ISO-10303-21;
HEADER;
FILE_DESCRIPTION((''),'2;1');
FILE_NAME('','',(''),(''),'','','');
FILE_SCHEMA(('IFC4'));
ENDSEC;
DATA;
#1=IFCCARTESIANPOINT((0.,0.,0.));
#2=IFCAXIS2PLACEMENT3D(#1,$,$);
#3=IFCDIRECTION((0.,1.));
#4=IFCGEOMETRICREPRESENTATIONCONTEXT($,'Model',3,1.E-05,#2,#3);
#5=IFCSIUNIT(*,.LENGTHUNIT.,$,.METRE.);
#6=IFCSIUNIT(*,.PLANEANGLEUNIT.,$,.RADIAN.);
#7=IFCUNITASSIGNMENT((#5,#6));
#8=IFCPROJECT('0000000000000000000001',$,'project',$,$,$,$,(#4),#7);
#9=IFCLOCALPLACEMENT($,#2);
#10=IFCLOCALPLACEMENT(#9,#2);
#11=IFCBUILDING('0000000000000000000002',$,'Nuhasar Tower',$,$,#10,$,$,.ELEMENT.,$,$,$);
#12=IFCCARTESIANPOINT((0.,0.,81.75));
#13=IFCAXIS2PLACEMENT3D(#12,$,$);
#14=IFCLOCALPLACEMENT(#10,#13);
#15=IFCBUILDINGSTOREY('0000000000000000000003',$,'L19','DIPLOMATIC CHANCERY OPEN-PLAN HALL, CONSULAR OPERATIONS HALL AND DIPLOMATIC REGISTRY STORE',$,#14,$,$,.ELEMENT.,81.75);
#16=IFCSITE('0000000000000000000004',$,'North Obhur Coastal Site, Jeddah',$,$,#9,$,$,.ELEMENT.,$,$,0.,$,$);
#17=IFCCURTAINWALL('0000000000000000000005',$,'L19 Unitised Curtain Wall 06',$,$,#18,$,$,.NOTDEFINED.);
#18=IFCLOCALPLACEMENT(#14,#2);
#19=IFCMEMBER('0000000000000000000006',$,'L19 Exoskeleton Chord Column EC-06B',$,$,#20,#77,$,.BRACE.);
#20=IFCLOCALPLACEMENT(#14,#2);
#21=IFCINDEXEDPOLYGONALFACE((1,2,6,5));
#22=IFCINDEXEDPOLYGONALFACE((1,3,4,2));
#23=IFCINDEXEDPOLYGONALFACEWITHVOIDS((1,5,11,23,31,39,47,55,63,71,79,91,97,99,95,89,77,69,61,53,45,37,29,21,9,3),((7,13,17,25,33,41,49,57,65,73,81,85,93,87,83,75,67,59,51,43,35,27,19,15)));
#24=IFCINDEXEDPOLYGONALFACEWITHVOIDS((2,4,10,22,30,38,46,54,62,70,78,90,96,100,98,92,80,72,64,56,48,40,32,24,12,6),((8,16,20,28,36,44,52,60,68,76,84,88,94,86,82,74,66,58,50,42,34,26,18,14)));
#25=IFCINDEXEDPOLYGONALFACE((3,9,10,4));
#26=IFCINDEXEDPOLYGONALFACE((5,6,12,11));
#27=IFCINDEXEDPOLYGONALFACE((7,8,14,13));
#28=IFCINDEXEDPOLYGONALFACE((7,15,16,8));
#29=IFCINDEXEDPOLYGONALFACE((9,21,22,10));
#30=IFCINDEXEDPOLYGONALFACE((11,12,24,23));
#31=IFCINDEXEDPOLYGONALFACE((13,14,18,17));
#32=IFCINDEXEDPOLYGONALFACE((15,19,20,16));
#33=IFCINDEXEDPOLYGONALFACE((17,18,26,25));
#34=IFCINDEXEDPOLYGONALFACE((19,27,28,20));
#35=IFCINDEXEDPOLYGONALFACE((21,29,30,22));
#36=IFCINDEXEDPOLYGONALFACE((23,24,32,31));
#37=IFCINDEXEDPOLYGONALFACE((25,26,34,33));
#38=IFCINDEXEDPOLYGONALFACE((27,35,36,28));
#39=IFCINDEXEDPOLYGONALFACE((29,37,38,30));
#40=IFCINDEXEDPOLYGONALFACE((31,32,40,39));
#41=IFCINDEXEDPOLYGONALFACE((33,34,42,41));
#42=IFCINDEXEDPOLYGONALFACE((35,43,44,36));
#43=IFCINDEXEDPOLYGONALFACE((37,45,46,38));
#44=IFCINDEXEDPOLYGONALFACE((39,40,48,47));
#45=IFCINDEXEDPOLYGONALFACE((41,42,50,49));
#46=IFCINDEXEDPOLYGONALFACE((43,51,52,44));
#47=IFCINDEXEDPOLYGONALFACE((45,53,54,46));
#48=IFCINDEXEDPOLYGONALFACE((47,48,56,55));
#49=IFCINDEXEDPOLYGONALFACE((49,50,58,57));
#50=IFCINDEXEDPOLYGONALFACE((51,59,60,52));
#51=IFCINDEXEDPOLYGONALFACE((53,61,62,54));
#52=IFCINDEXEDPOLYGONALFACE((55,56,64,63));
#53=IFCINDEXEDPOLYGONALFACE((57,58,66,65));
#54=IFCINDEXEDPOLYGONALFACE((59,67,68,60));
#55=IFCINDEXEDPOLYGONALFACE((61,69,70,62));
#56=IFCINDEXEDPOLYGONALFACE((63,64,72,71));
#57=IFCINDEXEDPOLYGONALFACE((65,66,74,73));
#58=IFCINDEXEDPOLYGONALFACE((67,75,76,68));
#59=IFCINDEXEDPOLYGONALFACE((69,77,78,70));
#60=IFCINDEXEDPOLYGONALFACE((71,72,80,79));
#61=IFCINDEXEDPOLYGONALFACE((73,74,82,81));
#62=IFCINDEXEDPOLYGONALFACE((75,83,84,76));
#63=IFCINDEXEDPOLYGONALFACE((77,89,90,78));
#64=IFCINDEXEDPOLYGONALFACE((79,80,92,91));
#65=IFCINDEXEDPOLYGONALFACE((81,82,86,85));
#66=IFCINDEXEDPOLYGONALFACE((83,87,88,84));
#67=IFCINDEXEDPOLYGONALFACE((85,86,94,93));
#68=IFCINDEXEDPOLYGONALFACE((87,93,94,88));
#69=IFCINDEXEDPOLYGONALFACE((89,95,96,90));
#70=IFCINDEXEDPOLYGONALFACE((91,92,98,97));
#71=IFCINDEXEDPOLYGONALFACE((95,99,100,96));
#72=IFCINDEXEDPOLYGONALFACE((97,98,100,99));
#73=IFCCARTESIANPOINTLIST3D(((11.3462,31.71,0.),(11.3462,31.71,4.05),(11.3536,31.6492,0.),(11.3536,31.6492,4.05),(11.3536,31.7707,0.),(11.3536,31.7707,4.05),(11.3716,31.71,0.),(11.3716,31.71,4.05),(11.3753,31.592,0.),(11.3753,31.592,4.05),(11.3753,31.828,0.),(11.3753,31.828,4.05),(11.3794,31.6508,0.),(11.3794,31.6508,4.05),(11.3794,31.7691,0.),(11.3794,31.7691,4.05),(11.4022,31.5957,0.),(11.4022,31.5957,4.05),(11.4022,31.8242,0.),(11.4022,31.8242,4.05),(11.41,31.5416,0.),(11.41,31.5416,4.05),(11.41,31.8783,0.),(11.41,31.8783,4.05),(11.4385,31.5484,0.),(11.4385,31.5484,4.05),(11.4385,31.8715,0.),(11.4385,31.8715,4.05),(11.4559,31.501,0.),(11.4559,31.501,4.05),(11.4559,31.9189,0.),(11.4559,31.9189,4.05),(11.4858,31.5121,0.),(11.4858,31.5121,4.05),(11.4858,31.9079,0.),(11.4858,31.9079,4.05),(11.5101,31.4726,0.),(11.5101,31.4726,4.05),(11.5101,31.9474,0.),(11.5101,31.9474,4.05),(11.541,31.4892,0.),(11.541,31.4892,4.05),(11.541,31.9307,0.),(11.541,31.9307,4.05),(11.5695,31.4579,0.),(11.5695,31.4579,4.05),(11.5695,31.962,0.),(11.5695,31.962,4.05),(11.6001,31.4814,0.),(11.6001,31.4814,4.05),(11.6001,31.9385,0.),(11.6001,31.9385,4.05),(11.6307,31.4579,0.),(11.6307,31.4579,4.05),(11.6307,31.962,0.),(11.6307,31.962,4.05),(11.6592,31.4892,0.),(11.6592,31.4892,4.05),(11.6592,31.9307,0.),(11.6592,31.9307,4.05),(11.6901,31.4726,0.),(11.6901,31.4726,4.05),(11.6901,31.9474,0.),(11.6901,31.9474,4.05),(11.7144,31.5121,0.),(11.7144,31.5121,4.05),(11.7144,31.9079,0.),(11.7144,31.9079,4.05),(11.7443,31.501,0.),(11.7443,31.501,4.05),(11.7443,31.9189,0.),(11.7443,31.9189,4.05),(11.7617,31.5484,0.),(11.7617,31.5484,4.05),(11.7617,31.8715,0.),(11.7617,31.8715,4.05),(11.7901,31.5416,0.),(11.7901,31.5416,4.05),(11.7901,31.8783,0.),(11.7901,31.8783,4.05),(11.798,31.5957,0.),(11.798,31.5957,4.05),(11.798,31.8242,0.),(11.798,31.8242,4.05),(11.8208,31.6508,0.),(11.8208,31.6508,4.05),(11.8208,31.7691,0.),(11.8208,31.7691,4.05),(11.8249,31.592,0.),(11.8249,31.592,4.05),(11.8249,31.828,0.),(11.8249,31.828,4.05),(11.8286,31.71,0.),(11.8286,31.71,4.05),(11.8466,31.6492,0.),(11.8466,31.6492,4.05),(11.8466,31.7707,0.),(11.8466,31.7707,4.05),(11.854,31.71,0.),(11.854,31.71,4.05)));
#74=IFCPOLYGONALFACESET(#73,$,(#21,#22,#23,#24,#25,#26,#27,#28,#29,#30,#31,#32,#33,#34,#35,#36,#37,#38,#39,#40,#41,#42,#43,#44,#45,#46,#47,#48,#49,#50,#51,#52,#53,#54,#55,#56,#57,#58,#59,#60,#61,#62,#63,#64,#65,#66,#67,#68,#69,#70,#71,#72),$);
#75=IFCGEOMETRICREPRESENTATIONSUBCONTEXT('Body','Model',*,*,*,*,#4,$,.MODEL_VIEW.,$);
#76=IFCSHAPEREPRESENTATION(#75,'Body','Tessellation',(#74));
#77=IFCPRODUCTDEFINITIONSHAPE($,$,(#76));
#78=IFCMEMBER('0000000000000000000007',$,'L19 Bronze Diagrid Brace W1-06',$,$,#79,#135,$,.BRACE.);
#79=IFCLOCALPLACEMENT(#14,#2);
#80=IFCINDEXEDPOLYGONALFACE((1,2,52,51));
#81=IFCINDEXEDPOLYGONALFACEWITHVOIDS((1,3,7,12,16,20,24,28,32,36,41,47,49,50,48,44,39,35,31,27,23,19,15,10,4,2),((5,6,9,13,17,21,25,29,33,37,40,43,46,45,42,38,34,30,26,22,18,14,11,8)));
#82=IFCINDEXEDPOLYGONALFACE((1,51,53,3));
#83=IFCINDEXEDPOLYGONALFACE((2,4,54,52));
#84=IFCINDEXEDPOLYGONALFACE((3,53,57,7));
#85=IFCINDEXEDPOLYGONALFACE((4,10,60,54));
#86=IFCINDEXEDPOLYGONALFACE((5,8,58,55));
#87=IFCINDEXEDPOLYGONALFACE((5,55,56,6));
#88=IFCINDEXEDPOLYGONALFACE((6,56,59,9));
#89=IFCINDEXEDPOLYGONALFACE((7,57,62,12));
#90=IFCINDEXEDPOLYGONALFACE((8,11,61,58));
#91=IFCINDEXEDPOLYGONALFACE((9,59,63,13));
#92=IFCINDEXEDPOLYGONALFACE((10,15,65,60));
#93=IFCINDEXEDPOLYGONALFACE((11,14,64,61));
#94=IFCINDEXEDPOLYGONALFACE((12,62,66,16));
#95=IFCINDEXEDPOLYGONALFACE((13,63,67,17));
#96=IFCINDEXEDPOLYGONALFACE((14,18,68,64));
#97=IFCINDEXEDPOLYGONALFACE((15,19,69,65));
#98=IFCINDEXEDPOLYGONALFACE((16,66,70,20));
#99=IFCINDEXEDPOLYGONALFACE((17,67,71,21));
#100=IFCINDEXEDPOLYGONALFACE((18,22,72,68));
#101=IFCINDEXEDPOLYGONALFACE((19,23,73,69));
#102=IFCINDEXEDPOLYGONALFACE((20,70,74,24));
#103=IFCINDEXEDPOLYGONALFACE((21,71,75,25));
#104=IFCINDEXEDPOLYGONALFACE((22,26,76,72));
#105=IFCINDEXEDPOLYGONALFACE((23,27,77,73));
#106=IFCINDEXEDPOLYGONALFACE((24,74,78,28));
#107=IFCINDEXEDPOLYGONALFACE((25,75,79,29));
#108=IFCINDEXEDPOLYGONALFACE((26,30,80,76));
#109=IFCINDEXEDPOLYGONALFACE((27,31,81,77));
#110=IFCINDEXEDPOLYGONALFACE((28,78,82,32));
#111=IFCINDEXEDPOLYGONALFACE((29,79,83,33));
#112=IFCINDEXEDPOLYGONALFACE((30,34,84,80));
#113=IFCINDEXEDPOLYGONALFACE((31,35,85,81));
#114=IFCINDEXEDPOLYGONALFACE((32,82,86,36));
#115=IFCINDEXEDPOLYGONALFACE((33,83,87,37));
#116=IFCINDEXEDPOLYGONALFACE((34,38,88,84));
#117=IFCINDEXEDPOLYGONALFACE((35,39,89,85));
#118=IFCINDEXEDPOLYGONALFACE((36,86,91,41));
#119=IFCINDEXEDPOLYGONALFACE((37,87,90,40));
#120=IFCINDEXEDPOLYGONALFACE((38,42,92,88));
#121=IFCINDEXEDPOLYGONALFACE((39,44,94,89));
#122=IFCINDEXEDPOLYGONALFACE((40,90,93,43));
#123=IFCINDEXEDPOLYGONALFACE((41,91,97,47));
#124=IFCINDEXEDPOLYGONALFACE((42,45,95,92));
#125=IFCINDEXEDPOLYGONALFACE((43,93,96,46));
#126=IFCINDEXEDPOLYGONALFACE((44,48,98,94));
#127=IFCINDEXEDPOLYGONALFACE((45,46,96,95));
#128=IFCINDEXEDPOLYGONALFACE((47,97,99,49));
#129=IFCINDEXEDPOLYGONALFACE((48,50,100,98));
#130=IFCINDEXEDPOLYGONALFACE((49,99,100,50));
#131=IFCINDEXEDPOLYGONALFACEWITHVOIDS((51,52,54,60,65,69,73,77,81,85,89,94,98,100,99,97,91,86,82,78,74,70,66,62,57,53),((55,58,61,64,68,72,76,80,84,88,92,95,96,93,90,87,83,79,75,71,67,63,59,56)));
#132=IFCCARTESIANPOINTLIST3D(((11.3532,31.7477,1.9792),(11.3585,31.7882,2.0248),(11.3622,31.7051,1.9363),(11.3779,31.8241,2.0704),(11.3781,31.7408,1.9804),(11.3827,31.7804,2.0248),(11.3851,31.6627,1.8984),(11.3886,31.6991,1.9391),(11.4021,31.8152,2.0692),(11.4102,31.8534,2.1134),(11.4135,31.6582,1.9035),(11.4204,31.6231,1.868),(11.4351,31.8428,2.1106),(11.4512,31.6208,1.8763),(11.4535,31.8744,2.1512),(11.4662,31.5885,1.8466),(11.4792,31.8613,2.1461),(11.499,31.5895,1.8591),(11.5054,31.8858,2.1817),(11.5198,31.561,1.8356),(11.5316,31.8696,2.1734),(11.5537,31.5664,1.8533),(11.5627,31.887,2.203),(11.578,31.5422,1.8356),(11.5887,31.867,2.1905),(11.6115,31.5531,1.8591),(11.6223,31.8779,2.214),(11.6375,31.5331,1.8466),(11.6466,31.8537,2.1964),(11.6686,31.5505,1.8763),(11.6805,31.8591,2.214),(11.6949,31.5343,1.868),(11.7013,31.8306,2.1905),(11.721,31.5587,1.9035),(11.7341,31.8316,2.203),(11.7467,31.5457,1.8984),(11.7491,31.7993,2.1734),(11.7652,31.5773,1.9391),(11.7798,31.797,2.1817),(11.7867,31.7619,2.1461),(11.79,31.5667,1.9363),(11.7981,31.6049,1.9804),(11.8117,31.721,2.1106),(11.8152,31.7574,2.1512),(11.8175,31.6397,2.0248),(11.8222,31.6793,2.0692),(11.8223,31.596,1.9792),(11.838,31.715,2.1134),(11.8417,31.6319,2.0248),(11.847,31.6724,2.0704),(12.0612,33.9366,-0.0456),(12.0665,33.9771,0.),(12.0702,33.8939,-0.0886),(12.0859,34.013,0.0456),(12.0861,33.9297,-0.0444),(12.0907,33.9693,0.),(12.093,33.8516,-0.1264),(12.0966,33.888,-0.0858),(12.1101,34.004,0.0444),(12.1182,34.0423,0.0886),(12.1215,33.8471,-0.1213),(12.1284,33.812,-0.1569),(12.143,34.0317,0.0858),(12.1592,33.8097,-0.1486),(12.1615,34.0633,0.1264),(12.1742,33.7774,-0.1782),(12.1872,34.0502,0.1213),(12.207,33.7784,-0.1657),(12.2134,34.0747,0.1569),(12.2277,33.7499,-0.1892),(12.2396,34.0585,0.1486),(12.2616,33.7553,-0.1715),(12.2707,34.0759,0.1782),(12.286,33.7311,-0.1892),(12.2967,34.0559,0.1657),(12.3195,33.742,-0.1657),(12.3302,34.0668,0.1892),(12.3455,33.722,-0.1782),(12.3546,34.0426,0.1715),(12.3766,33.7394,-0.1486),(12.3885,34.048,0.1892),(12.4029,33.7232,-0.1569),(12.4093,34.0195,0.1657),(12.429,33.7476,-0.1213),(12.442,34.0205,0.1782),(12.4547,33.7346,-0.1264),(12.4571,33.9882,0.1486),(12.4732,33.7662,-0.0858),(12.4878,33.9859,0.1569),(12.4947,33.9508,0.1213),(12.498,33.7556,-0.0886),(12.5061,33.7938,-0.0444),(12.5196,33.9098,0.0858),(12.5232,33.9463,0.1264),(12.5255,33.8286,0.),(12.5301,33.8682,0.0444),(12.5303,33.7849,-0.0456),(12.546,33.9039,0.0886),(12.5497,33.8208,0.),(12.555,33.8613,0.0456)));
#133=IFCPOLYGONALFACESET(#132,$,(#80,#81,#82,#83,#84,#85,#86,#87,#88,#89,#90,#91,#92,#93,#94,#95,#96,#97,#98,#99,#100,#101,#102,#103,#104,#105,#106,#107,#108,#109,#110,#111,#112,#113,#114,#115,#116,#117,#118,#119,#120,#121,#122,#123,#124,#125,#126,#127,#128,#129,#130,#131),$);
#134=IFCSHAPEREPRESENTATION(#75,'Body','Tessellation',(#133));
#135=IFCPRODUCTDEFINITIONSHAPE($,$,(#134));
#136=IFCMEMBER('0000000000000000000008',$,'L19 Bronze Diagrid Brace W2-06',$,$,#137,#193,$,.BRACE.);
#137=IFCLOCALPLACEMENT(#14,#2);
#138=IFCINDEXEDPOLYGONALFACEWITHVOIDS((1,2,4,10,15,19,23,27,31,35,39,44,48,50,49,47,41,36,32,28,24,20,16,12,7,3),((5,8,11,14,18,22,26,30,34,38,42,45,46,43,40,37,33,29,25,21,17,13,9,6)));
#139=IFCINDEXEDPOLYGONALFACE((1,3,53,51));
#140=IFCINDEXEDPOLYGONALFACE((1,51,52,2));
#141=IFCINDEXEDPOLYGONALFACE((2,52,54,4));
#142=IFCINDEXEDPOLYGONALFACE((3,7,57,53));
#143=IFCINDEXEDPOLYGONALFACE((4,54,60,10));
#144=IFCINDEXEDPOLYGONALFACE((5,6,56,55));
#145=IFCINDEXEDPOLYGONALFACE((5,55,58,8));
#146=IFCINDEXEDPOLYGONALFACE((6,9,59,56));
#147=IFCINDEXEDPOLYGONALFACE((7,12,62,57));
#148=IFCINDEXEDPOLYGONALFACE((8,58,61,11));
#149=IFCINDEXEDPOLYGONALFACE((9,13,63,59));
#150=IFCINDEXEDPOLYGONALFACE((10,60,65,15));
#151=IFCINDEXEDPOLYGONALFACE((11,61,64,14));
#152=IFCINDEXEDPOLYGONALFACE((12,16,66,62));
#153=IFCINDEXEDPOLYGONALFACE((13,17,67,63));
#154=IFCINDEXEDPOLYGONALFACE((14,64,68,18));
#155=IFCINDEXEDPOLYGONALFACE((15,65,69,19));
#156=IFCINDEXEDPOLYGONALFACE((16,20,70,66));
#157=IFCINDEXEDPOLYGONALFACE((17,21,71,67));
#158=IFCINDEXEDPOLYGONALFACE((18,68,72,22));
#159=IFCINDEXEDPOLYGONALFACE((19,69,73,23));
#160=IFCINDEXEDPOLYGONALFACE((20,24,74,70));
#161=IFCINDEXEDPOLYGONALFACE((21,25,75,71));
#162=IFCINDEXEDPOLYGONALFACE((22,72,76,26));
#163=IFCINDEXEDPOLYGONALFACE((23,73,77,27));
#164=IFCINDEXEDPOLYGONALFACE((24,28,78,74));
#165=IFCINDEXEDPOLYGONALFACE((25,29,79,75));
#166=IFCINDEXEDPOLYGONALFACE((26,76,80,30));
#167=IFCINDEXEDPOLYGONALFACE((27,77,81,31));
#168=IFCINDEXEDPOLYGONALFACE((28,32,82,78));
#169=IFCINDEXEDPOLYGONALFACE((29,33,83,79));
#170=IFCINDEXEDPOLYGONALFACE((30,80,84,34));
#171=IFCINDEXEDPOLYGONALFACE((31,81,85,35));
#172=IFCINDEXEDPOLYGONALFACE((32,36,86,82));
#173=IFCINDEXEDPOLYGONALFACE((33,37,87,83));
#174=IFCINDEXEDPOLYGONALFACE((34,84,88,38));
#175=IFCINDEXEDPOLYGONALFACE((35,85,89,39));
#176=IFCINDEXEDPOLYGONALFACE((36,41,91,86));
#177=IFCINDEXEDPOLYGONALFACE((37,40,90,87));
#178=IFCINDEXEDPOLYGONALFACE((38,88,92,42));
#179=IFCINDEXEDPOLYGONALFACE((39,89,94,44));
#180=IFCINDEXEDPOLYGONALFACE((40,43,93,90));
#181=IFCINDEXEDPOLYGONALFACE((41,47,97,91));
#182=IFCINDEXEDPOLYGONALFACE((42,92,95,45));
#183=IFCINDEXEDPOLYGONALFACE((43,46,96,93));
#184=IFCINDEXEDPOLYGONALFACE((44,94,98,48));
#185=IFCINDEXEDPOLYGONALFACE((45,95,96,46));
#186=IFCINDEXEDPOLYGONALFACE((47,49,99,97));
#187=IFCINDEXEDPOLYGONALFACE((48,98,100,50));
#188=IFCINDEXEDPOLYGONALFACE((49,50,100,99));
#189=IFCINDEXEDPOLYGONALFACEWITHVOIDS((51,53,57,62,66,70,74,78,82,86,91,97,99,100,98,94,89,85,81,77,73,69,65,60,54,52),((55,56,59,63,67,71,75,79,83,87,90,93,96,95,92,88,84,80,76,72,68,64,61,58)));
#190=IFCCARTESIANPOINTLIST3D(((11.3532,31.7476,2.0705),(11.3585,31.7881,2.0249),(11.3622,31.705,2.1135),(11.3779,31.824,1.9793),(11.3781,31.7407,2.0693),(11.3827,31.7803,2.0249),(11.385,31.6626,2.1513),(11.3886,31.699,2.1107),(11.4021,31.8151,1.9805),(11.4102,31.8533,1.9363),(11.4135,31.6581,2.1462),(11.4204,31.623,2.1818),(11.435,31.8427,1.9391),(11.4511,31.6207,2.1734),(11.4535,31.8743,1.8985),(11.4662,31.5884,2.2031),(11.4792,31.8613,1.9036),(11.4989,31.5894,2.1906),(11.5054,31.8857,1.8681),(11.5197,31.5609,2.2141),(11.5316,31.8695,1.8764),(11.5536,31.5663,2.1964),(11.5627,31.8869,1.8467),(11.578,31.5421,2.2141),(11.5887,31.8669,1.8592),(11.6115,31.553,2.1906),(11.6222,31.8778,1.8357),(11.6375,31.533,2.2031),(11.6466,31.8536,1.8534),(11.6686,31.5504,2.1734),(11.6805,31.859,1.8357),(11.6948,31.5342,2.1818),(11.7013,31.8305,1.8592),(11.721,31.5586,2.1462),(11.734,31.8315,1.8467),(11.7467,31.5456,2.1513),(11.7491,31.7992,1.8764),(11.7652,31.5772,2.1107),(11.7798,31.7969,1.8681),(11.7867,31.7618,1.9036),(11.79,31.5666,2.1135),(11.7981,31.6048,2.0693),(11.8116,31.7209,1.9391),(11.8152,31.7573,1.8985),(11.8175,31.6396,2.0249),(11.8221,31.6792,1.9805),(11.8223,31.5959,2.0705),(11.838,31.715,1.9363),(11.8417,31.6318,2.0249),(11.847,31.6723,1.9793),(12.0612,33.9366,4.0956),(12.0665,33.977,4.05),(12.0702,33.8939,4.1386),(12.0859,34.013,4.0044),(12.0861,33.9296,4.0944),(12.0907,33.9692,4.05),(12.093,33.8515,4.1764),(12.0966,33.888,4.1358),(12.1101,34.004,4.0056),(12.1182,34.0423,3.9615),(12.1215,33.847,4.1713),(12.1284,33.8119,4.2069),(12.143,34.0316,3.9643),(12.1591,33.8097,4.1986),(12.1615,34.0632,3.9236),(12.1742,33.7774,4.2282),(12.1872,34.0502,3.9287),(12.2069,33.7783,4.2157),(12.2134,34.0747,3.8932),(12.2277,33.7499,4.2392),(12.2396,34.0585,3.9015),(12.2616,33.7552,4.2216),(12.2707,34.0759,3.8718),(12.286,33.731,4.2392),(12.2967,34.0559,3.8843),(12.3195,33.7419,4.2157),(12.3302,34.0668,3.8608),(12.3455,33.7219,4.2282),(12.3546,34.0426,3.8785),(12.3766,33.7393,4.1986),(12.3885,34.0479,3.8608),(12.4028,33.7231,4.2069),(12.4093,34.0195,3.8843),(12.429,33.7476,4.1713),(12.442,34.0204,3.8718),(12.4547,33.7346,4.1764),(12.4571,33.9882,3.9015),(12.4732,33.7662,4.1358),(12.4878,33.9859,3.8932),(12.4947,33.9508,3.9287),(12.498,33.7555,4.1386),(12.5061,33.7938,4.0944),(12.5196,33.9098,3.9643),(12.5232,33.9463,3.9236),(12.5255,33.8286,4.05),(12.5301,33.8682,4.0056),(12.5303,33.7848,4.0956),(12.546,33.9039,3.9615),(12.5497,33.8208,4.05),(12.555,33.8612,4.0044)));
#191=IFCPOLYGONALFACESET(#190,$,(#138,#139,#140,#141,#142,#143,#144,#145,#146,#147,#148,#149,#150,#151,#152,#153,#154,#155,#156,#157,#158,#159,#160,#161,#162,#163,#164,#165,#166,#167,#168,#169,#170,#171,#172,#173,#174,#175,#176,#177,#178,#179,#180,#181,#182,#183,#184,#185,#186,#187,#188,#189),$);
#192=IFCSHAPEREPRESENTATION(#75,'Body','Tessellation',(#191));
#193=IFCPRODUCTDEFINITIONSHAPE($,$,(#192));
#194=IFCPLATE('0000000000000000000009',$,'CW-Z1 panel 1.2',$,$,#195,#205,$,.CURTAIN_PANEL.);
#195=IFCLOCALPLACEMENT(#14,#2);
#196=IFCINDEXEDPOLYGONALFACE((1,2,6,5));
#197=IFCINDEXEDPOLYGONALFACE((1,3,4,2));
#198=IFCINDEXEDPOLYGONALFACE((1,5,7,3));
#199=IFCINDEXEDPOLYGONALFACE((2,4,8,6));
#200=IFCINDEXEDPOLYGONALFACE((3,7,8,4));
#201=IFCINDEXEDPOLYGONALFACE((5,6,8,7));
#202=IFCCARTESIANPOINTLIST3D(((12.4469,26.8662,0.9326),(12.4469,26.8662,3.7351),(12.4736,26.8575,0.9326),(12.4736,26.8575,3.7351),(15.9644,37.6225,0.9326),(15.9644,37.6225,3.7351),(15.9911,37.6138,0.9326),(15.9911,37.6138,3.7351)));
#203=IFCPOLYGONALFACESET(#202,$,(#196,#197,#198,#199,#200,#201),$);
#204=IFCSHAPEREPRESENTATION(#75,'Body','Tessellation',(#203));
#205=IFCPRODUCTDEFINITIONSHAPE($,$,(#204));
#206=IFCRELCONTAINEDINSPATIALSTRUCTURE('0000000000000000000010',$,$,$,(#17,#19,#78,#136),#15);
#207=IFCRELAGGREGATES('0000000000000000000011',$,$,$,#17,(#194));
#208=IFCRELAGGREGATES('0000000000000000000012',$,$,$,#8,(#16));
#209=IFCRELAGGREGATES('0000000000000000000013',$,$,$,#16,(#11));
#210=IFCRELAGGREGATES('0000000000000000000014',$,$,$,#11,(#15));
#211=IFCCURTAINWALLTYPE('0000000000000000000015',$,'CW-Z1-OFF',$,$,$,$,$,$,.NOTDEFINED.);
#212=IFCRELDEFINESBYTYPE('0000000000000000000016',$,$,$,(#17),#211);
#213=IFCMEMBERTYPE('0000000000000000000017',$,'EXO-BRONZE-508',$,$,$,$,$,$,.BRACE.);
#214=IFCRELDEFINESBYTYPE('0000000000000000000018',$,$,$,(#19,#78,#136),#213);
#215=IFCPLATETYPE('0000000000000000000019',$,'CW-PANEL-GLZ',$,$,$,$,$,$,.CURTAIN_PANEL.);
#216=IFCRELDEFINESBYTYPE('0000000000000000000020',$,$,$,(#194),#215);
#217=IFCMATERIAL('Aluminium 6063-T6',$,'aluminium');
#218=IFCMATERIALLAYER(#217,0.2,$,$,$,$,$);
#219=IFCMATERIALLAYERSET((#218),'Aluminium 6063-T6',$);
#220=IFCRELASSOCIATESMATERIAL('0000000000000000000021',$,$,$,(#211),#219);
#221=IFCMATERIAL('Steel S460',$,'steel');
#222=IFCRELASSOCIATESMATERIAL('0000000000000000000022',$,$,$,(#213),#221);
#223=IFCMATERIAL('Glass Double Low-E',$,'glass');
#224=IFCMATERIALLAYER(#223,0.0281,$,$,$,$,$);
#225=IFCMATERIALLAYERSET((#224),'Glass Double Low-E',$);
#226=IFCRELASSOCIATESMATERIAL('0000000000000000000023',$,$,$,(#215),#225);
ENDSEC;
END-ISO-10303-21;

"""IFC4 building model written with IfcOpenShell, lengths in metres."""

from ifc_helpers import new_model, si_unit, direction, frame, origin, origin_2d, place, context, subcontext, project, spatial, rectangle, hollow_circle, extrude, material, layer, layer_set, material_profile, profile_set, type_object, element, aggregate, save


model = new_model("IFC4")

# Units and contexts
model_context = context("Model", 3, precision=1e-05, world=origin(), true_north=direction((0.0, 1.0)))
body_context = subcontext(model_context, "Body", "Model", "MODEL_VIEW")
ifc_project = project(units=[si_unit("LENGTHUNIT", "METRE"), si_unit("PLANEANGLEUNIT", "RADIAN")], contexts=[model_context])

# Site, building, storey
site_placement = place(None, origin())
site = spatial("IfcSite", under=ifc_project, at=site_placement, Name="North Obhur Coastal Site, Jeddah", CompositionType="ELEMENT", RefElevation=0.0)
building_placement = place(site_placement, origin())
building = spatial("IfcBuilding", under=site, at=building_placement, Name="Nuhasar Tower", CompositionType="ELEMENT")
storey_placement = place(building_placement, frame((0.0, 0.0, 81.75)))
storey = spatial("IfcBuildingStorey", under=building, at=storey_placement, Name="L19", Description="DIPLOMATIC CHANCERY OPEN-PLAN HALL, CONSULAR OPERATIONS HALL AND DIPLOMATIC REGISTRY STORE", CompositionType="ELEMENT", Elevation=81.75)

# Curtain wall
ifc_material_1 = material(Name="Aluminium 6063-T6", Category="aluminium")
ifc_layer_1 = layer(ifc_material_1, 0.2)
ifc_layer_set_1 = layer_set([ifc_layer_1], Name="Aluminium 6063-T6")
curtain_wall_type = type_object("IfcCurtainWallType", Name="CW-Z1-OFF", PredefinedType="NOTDEFINED", material=ifc_layer_set_1)
curtain_wall_placement = place(storey_placement, origin())
curtain_wall = element("IfcCurtainWall", 1, at=curtain_wall_placement, inside=storey, type_object=curtain_wall_type, Name="L19 Unitised Curtain Wall 06", PredefinedType="NOTDEFINED")

# Members
ifc_material_2 = material(Name="Steel S460", Category="steel")
ifc_material_profile_1 = material_profile(ifc_material_2, hollow_circle(Radius=0.2539, WallThickness=0.0254, at=origin_2d()), Name="HSS508X25.4")
ifc_profile_set_1 = profile_set([ifc_material_profile_1], Name="Steel S460")
member_type_1 = type_object("IfcMemberType", Name="EXO-BRONZE-508", PredefinedType="BRACE", material=ifc_profile_set_1)
for number, where, z_axis, x_axis, name in (
    (2, (11.6001, 31.71, 0.0), (0.0, 0.0, 1.0), (1.0, 0.0, 0.0), "L19 Exoskeleton Chord Column EC-06B"),
):
    element("IfcMember", number, at=place(storey_placement, frame(where, z_axis=z_axis, x_axis=x_axis)), inside=storey, type_object=member_type_1, Name=name, PredefinedType="BRACE", context=body_context, shape_type="SweptSolid", body=[
        extrude(hollow_circle(Radius=0.2539, WallThickness=0.0254, at=origin_2d()), origin(), (0.0, 0.0, 1.0), 4.05),
    ])
member_1_placement = place(storey_placement, frame((12.3081, 33.8989, 0.0), z_axis=(-0.231012, -0.714225, 0.660694), x_axis=(0.951468, -0.307747, 0.0)))
element("IfcMember", 3, at=member_1_placement, inside=storey, type_object=member_type_1, Name="L19 Bronze Diagrid Brace W1-06", PredefinedType="BRACE", context=body_context, shape_type="SweptSolid", body=[
    extrude(hollow_circle(Radius=0.2539, WallThickness=0.0254, at=origin_2d()), origin(), (0.0, 0.0, 1.0), 3.0647),
])
member_2_placement = place(storey_placement, frame((11.6001, 31.71, 2.0249), z_axis=(0.231, 0.714187, 0.660739), x_axis=(-0.951468, 0.307747, 0.0)))
element("IfcMember", 4, at=member_2_placement, inside=storey, type_object=member_type_1, Name="L19 Bronze Diagrid Brace W2-06", PredefinedType="BRACE", context=body_context, shape_type="SweptSolid", body=[
    extrude(hollow_circle(Radius=0.2539, WallThickness=0.0254, at=origin_2d()), origin(), (0.0, 0.0, 1.0), 3.0649),
])

# Plate
ifc_material_3 = material(Name="Glass Double Low-E", Category="glass")
ifc_layer_2 = layer(ifc_material_3, 0.0281)
ifc_layer_set_2 = layer_set([ifc_layer_2], Name="Glass Double Low-E")
plate_type_1 = type_object("IfcPlateType", Name="CW-PANEL-GLZ", PredefinedType="CURTAIN_PANEL", material=ifc_layer_set_2)
plate_1_placement = place(storey_placement, frame((14.219, 32.24, 0.9326), z_axis=(0.0, 0.0, 1.0), x_axis=(-0.310824, -0.950468, 0.0)))
plate_1 = element("IfcPlate", 5, at=plate_1_placement, type_object=plate_type_1, Name="CW-Z1 panel 1.2", PredefinedType="CURTAIN_PANEL", context=body_context, shape_type="SweptSolid", body=[
    extrude(rectangle(XDim=11.3169, YDim=0.0281, at=origin_2d()), origin(), (0.0, 0.0, 1.0), 2.8025),
])
aggregate(curtain_wall, [plate_1])

save(model, "model.ifc")
